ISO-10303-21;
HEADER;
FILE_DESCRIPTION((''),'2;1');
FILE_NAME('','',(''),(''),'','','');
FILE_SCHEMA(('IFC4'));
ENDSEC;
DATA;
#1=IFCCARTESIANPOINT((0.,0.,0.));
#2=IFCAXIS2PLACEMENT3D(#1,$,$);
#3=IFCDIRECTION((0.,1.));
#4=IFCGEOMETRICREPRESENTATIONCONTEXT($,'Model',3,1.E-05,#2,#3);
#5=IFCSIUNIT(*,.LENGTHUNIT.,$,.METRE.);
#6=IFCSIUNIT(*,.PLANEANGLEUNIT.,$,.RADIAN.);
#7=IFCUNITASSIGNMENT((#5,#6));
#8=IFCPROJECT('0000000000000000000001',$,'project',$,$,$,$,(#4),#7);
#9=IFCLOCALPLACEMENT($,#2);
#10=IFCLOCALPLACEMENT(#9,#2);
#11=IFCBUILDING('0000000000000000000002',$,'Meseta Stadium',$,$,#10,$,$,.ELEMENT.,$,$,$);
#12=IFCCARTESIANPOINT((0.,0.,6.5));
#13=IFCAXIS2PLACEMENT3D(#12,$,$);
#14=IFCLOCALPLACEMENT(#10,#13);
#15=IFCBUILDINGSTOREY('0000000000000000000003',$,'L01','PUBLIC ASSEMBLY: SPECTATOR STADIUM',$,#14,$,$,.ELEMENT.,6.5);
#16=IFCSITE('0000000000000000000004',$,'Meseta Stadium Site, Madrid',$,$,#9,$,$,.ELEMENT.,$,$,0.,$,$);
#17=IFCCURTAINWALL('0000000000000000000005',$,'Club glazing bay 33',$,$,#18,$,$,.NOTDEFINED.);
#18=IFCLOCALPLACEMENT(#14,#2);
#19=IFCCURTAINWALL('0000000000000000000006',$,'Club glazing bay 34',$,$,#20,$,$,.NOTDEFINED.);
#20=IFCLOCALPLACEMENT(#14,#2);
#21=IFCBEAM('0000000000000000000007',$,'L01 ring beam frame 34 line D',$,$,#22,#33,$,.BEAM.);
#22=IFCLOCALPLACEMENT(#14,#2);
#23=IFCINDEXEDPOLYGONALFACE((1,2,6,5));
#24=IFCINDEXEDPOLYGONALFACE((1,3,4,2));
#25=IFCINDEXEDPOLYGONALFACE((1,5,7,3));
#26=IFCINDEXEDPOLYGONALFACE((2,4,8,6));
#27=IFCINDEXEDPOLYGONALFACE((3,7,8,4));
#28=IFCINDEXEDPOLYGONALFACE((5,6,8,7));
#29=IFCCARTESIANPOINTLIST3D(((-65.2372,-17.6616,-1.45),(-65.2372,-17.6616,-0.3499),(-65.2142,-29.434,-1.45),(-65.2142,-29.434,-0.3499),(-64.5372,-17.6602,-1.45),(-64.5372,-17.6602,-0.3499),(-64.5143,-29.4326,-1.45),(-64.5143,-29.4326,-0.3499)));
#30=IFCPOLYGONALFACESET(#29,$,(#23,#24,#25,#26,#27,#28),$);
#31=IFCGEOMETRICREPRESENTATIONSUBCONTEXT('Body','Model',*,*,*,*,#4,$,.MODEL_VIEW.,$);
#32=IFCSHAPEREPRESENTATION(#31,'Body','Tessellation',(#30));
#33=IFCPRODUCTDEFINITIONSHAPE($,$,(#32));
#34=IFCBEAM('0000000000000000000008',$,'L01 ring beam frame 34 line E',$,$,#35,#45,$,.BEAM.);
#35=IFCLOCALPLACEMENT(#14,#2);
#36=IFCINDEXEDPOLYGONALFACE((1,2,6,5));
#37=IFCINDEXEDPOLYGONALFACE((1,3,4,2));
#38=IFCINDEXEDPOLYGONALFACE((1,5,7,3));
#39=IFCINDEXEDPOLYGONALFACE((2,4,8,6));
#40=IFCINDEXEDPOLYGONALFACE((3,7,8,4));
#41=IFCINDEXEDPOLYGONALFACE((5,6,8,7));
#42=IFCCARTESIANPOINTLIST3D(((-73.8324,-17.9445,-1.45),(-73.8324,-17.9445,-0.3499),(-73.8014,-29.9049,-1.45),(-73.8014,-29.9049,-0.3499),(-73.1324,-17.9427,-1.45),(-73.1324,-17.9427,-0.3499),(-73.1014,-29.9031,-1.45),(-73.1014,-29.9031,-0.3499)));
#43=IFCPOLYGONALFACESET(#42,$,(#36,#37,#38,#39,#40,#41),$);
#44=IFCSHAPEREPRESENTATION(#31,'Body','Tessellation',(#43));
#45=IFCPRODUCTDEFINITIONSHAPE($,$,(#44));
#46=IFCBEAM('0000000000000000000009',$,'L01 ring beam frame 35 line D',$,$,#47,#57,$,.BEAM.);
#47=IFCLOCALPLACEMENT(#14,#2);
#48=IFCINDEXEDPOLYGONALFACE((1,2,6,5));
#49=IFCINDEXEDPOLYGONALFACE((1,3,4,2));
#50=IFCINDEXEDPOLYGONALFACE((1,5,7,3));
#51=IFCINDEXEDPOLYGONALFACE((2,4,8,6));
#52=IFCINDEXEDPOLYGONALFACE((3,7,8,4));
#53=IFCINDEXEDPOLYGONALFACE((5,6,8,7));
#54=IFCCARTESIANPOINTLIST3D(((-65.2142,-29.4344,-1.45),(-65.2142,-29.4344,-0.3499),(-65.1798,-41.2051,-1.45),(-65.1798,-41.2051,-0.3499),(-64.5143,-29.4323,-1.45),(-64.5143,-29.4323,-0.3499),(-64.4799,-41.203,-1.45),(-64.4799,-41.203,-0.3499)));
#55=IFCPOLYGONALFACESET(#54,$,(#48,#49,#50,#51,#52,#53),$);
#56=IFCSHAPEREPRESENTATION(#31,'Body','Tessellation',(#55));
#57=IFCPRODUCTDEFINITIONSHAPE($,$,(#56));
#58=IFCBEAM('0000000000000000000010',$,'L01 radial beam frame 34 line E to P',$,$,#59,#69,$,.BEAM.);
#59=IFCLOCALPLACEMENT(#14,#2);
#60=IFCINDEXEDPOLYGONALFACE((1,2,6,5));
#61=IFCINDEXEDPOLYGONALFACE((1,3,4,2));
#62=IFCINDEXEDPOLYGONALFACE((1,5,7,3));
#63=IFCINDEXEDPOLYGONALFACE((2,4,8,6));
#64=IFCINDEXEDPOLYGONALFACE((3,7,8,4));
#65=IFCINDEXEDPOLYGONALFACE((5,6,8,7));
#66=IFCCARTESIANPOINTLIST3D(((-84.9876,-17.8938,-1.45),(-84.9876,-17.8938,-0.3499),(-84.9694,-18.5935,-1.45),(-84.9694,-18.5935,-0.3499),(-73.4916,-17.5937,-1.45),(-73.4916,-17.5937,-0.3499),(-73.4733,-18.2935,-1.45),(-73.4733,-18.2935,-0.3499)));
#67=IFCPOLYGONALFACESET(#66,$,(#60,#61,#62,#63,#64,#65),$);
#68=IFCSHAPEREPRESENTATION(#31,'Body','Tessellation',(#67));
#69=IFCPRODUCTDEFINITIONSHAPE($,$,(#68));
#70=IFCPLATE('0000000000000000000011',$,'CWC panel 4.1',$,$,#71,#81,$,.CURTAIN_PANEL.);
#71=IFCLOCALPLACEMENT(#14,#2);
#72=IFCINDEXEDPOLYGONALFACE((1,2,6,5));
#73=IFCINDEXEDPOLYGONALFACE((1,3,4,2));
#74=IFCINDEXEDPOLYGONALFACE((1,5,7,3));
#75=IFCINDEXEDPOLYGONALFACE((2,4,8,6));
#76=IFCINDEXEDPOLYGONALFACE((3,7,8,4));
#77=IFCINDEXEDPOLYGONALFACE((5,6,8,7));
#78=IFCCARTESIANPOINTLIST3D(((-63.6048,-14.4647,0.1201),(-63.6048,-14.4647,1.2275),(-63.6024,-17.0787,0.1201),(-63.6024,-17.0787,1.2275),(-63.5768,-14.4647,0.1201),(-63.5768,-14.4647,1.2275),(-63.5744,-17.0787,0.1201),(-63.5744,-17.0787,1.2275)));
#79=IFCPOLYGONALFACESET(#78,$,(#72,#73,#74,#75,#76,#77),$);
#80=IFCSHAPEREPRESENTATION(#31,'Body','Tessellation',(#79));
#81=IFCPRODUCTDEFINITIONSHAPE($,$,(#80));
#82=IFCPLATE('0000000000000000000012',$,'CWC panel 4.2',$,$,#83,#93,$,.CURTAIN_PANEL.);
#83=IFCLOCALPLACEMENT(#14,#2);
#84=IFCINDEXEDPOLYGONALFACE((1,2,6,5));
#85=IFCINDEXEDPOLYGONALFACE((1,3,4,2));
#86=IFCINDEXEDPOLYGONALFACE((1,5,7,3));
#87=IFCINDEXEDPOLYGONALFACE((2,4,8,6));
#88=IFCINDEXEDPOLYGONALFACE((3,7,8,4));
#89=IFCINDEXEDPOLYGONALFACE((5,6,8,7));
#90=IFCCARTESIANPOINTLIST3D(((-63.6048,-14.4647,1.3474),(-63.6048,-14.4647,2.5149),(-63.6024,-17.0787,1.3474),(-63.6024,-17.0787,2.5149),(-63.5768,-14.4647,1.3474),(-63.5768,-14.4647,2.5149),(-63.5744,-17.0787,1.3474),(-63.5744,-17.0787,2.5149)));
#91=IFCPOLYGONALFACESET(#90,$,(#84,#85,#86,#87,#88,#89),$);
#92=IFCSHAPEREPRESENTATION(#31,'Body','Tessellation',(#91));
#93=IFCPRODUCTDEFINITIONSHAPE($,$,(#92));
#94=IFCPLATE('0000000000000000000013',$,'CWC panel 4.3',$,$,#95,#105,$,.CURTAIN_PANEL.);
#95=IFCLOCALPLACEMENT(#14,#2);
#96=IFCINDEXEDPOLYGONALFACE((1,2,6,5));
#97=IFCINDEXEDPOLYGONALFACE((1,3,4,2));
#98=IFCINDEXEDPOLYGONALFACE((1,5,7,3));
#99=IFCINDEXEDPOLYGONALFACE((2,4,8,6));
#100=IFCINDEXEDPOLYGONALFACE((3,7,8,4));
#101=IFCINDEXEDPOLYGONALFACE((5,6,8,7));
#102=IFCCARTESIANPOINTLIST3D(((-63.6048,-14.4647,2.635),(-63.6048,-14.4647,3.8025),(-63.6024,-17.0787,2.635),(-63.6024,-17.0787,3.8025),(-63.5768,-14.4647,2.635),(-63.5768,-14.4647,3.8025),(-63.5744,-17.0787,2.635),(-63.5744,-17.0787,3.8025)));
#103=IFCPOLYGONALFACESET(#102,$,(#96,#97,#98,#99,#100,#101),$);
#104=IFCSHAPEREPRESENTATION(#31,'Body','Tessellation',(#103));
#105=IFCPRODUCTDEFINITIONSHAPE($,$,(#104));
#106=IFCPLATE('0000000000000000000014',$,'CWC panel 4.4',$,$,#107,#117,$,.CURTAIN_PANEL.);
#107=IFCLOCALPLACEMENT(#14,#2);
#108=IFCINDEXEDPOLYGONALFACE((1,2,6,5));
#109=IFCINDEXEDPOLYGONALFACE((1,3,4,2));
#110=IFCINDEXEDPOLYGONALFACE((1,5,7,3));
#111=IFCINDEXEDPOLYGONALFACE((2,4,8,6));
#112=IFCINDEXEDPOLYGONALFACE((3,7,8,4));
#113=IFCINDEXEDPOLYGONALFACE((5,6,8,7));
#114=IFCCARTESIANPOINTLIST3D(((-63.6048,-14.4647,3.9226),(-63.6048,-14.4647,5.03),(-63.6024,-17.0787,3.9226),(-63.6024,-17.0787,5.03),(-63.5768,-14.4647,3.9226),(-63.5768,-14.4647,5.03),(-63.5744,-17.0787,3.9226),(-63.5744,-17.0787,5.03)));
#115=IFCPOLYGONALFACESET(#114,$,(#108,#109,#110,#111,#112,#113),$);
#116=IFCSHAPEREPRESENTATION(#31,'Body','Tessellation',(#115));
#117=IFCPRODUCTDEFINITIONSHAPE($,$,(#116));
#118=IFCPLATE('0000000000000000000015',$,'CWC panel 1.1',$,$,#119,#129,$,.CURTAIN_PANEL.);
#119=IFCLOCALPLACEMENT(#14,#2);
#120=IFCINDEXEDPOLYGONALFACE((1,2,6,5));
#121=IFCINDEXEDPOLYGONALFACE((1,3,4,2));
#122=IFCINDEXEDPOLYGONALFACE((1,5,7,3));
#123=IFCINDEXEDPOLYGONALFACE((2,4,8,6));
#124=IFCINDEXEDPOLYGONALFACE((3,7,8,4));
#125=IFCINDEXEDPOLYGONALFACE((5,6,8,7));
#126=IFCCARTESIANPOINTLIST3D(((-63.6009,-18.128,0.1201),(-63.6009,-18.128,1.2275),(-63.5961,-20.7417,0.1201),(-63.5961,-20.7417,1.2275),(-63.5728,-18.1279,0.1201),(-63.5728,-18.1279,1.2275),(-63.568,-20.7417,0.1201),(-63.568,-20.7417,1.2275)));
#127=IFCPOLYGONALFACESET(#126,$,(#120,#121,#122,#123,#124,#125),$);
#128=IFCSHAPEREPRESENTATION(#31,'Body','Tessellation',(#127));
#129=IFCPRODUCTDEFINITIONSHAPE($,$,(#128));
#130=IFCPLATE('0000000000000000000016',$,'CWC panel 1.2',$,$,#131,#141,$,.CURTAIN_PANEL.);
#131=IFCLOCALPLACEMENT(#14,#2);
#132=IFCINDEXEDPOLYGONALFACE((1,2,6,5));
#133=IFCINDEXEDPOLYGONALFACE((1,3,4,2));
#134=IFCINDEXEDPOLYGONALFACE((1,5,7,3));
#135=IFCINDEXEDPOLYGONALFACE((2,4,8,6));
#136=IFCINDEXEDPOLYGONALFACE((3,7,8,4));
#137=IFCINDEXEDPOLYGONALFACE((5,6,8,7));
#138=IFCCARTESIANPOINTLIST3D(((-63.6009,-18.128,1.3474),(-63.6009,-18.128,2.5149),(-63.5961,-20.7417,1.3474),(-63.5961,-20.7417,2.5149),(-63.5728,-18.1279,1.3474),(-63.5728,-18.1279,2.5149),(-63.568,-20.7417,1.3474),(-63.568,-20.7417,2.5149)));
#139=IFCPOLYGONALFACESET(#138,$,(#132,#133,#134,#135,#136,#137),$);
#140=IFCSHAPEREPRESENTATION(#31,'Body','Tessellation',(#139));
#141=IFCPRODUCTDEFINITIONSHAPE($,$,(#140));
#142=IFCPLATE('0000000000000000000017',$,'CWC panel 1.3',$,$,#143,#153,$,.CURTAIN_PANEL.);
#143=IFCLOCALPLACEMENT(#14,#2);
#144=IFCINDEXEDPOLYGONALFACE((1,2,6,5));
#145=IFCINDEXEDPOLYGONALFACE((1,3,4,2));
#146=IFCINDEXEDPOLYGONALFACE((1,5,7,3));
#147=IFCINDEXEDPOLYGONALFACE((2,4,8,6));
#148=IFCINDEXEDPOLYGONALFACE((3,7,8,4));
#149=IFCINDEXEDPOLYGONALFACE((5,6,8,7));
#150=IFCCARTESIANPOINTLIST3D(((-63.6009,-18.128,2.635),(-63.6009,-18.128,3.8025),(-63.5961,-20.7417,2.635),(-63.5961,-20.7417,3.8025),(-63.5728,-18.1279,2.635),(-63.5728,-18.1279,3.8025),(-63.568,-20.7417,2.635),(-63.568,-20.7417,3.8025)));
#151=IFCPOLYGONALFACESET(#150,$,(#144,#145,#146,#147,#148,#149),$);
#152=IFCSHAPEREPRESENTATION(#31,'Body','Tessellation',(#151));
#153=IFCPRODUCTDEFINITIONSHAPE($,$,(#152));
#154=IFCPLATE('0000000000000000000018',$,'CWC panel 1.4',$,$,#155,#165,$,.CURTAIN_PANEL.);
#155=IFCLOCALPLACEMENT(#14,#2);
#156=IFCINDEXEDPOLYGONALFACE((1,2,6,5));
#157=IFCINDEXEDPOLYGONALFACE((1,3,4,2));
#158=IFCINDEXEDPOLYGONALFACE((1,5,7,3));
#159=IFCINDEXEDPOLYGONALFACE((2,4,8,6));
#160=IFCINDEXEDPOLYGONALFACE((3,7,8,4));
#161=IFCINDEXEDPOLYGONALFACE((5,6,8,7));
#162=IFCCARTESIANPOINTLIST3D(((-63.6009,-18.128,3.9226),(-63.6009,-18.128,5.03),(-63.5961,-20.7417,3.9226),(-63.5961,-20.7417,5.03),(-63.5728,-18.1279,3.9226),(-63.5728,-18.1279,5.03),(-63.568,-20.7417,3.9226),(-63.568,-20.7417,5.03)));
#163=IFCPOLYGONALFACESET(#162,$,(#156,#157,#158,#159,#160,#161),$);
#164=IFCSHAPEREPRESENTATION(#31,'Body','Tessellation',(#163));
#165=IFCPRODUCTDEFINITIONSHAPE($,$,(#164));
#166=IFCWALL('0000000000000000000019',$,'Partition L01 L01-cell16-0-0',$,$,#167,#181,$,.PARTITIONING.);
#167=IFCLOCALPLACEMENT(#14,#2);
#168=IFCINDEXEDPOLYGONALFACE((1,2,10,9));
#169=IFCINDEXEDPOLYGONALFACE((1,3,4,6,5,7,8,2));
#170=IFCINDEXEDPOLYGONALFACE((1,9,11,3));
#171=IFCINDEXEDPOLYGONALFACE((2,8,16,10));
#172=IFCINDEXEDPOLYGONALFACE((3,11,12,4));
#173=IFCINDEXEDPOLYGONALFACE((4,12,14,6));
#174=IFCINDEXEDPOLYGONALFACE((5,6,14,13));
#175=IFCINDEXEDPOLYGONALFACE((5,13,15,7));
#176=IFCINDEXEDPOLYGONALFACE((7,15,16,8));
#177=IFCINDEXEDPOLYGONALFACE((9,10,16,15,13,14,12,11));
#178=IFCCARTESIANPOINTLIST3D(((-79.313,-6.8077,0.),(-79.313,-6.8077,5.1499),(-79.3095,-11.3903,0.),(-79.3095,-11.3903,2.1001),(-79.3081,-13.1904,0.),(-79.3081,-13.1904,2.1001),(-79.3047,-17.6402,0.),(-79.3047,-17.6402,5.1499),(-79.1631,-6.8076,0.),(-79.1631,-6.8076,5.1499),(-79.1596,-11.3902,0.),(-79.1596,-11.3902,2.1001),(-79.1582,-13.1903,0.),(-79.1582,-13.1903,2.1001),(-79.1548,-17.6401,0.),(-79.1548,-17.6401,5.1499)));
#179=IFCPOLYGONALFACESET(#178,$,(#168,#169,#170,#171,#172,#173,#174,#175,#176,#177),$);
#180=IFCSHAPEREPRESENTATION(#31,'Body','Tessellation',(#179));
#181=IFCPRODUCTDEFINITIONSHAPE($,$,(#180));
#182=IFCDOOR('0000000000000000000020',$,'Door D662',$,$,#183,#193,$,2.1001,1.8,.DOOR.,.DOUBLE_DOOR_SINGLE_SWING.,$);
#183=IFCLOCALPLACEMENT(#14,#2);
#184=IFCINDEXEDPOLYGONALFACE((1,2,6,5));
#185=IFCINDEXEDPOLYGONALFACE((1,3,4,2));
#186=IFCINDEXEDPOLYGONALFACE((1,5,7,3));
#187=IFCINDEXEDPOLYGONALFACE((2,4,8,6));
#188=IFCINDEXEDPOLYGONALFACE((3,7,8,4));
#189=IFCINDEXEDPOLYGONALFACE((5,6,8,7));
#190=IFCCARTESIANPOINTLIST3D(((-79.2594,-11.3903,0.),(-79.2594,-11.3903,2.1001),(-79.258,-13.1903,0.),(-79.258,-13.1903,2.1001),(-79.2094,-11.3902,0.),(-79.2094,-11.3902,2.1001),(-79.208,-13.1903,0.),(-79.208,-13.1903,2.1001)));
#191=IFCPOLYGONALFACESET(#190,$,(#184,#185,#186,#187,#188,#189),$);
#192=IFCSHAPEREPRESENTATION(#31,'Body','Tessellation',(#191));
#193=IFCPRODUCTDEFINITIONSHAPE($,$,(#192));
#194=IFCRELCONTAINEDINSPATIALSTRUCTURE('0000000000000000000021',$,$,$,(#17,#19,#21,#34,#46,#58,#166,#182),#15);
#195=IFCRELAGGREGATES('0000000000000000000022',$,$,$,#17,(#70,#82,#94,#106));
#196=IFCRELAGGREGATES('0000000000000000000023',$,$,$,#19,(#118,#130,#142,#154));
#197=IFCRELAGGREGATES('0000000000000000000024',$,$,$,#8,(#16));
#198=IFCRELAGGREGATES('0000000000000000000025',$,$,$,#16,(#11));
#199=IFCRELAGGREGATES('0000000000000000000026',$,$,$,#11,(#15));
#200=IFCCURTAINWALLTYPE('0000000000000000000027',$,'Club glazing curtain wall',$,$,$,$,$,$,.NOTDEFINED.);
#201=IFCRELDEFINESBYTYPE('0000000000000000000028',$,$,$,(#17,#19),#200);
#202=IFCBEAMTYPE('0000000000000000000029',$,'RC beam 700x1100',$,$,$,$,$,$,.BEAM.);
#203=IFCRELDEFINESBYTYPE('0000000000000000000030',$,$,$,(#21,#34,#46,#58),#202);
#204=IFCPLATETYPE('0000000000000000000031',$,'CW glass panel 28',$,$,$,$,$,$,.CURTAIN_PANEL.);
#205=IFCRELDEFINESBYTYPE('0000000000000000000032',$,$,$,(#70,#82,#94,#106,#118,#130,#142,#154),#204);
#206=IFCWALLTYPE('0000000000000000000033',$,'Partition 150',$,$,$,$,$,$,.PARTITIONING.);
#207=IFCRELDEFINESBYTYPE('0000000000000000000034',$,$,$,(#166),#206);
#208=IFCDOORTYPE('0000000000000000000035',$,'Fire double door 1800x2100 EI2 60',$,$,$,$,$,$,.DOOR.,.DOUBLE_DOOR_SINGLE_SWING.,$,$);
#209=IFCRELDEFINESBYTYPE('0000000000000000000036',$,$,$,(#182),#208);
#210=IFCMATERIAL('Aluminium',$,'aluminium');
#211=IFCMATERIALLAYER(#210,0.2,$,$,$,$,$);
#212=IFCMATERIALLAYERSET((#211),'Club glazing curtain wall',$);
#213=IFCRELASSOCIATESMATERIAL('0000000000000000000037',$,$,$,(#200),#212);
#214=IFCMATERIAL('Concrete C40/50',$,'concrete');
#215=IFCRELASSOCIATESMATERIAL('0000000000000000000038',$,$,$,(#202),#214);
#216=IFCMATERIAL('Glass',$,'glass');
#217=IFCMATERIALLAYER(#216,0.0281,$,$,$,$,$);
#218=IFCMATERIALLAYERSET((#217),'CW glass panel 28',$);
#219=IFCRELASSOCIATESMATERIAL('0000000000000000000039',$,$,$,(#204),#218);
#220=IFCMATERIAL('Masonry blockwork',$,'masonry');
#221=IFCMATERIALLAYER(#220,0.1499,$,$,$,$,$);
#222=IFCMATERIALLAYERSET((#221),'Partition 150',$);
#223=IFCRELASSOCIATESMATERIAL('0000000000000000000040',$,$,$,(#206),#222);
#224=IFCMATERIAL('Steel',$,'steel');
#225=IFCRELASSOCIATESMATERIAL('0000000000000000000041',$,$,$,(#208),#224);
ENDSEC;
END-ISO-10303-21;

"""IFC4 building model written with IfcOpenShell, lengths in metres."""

from ifc_helpers import new_model, si_unit, direction, frame, frame_2d, origin, origin_2d, place, context, subcontext, project, spatial, rectangle, extrude, material, layer, layer_set, material_profile, profile_set, type_object, element, fill, aggregate, save


model = new_model("IFC4")

# Units and contexts
model_context = context("Model", 3, precision=1e-05, world=origin(), true_north=direction((0.0, 1.0)))
body_context = subcontext(model_context, "Body", "Model", "MODEL_VIEW")
ifc_project = project(units=[si_unit("LENGTHUNIT", "METRE"), si_unit("PLANEANGLEUNIT", "RADIAN")], contexts=[model_context])

# Site, building, storey
site_placement = place(None, origin())
site = spatial("IfcSite", under=ifc_project, at=site_placement, Name="Meseta Stadium Site, Madrid", CompositionType="ELEMENT", RefElevation=0.0)
building_placement = place(site_placement, origin())
building = spatial("IfcBuilding", under=site, at=building_placement, Name="Meseta Stadium", CompositionType="ELEMENT")
storey_placement = place(building_placement, frame((0.0, 0.0, 6.5)))
storey = spatial("IfcBuildingStorey", under=building, at=storey_placement, Name="L01", Description="PUBLIC ASSEMBLY: SPECTATOR STADIUM", CompositionType="ELEMENT", Elevation=6.5)

# Curtain wall
ifc_material_1 = material(Name="Aluminium", Category="aluminium")
ifc_layer_1 = layer(ifc_material_1, 0.2)
ifc_layer_set_1 = layer_set([ifc_layer_1], Name="Club glazing curtain wall")
curtain_wall_type = type_object("IfcCurtainWallType", Name="Club glazing curtain wall", PredefinedType="NOTDEFINED", material=ifc_layer_set_1)
curtain_wall_1_placement = place(storey_placement, origin())
curtain_wall_1 = element("IfcCurtainWall", 1, at=curtain_wall_1_placement, inside=storey, type_object=curtain_wall_type, Name="Club glazing bay 33", PredefinedType="NOTDEFINED")

# Curtain wall
curtain_wall_2_placement = place(storey_placement, origin())
curtain_wall_2 = element("IfcCurtainWall", 2, at=curtain_wall_2_placement, inside=storey, type_object=curtain_wall_type, Name="Club glazing bay 34", PredefinedType="NOTDEFINED")

# Beams
ifc_material_2 = material(Name="Concrete C40/50", Category="concrete")
ifc_material_profile_1 = material_profile(ifc_material_2, rectangle(XDim=0.7, YDim=1.1001, at=origin_2d()), Name="RC 700x1100")
ifc_profile_set_1 = profile_set([ifc_material_profile_1], Name="Concrete C40/50")
beam_type_1 = type_object("IfcBeamType", Name="RC beam 700x1100", PredefinedType="BEAM", material=ifc_profile_set_1)
beam_1_placement = place(storey_placement, frame((-64.8872, -17.6609, -0.8999), z_axis=(0.001949, -0.999998, 0.0), x_axis=(0.999998, 0.001949, 0.0)))
element("IfcBeam", 3, at=beam_1_placement, inside=storey, type_object=beam_type_1, Name="L01 ring beam frame 34 line D", PredefinedType="BEAM", context=body_context, shape_type="SweptSolid", body=[
    extrude(rectangle(XDim=0.7, YDim=1.1001, at=origin_2d()), origin(), (0.0, 0.0, 1.0), 11.7725),
])
beam_2_placement = place(storey_placement, frame((-73.4824, -17.9436, -0.8999), z_axis=(0.002592, -0.999997, 0.0), x_axis=(0.999997, 0.002592, 0.0)))
element("IfcBeam", 4, at=beam_2_placement, inside=storey, type_object=beam_type_1, Name="L01 ring beam frame 34 line E", PredefinedType="BEAM", context=body_context, shape_type="SweptSolid", body=[
    extrude(rectangle(XDim=0.7, YDim=1.1001, at=origin_2d()), origin(), (0.0, 0.0, 1.0), 11.9604),
])
beam_3_placement = place(storey_placement, frame((-64.8643, -29.4333, -0.8999), z_axis=(0.002925, -0.999996, 0.0), x_axis=(0.999996, 0.002925, 0.0)))
element("IfcBeam", 5, at=beam_3_placement, inside=storey, type_object=beam_type_1, Name="L01 ring beam frame 35 line D", PredefinedType="BEAM", context=body_context, shape_type="SweptSolid", body=[
    extrude(rectangle(XDim=0.7, YDim=1.1001, at=origin_2d()), origin(), (0.0, 0.0, 1.0), 11.7708),
])
beam_4_placement = place(storey_placement, frame((-73.4824, -17.9436, -0.8999), z_axis=(-0.99966, -0.026091, 0.0), x_axis=(0.026091, -0.99966, 0.0)))
element("IfcBeam", 6, at=beam_4_placement, inside=storey, type_object=beam_type_1, Name="L01 radial beam frame 34 line E to P", PredefinedType="BEAM", context=body_context, shape_type="SweptSolid", body=[
    extrude(rectangle(XDim=0.7, YDim=1.1001, at=origin_2d()), origin(), (0.0, 0.0, 1.0), 11.5),
])

# Plates
ifc_material_3 = material(Name="Glass", Category="glass")
ifc_layer_2 = layer(ifc_material_3, 0.0281)
ifc_layer_set_2 = layer_set([ifc_layer_2], Name="CW glass panel 28")
plate_type = type_object("IfcPlateType", Name="CW glass panel 28", PredefinedType="CURTAIN_PANEL", material=ifc_layer_set_2)
plate_1_placement = place(storey_placement, frame((-63.5896, -15.7717, 0.1201), z_axis=(0.0, 0.0, 1.0), x_axis=(0.000925, -1.0, 0.0)))
plate_1 = element("IfcPlate", 7, at=plate_1_placement, type_object=plate_type, Name="CWC panel 4.1", PredefinedType="CURTAIN_PANEL", context=body_context, shape_type="SweptSolid", body=[
    extrude(rectangle(XDim=2.614, YDim=0.0281, at=origin_2d()), origin(), (0.0, 0.0, 1.0), 1.1074),
])
plate_2_placement = place(storey_placement, frame((-63.5896, -15.7717, 1.3474), z_axis=(0.0, 0.0, 1.0), x_axis=(0.000925, -1.0, 0.0)))
plate_2 = element("IfcPlate", 8, at=plate_2_placement, type_object=plate_type, Name="CWC panel 4.2", PredefinedType="CURTAIN_PANEL", context=body_context, shape_type="SweptSolid", body=[
    extrude(rectangle(XDim=2.614, YDim=0.0281, at=origin_2d()), origin(), (0.0, 0.0, 1.0), 1.1675),
])
plate_3_placement = place(storey_placement, frame((-63.5896, -15.7717, 2.635), z_axis=(0.0, 0.0, 1.0), x_axis=(0.000925, -1.0, 0.0)))
plate_3 = element("IfcPlate", 9, at=plate_3_placement, type_object=plate_type, Name="CWC panel 4.3", PredefinedType="CURTAIN_PANEL", context=body_context, shape_type="SweptSolid", body=[
    extrude(rectangle(XDim=2.614, YDim=0.0281, at=origin_2d()), origin(), (0.0, 0.0, 1.0), 1.1675),
])
plate_4_placement = place(storey_placement, frame((-63.5896, -15.7717, 3.9226), z_axis=(0.0, 0.0, 1.0), x_axis=(0.000925, -1.0, 0.0)))
plate_4 = element("IfcPlate", 10, at=plate_4_placement, type_object=plate_type, Name="CWC panel 4.4", PredefinedType="CURTAIN_PANEL", context=body_context, shape_type="SweptSolid", body=[
    extrude(rectangle(XDim=2.614, YDim=0.0281, at=origin_2d()), origin(), (0.0, 0.0, 1.0), 1.1074),
])
aggregate(curtain_wall_1, [plate_1, plate_2, plate_3, plate_4])
plate_5_placement = place(storey_placement, frame((-63.5845, -19.4348, 0.1201), z_axis=(0.0, 0.0, 1.0), x_axis=(0.001845, -0.999998, 0.0)))
plate_5 = element("IfcPlate", 11, at=plate_5_placement, type_object=plate_type, Name="CWC panel 1.1", PredefinedType="CURTAIN_PANEL", context=body_context, shape_type="SweptSolid", body=[
    extrude(rectangle(XDim=2.6138, YDim=0.0281, at=origin_2d()), origin(), (0.0, 0.0, 1.0), 1.1074),
])
plate_6_placement = place(storey_placement, frame((-63.5845, -19.4348, 1.3474), z_axis=(0.0, 0.0, 1.0), x_axis=(0.001845, -0.999998, 0.0)))
plate_6 = element("IfcPlate", 12, at=plate_6_placement, type_object=plate_type, Name="CWC panel 1.2", PredefinedType="CURTAIN_PANEL", context=body_context, shape_type="SweptSolid", body=[
    extrude(rectangle(XDim=2.6138, YDim=0.0281, at=origin_2d()), origin(), (0.0, 0.0, 1.0), 1.1675),
])
plate_7_placement = place(storey_placement, frame((-63.5845, -19.4348, 2.635), z_axis=(0.0, 0.0, 1.0), x_axis=(0.001845, -0.999998, 0.0)))
plate_7 = element("IfcPlate", 13, at=plate_7_placement, type_object=plate_type, Name="CWC panel 1.3", PredefinedType="CURTAIN_PANEL", context=body_context, shape_type="SweptSolid", body=[
    extrude(rectangle(XDim=2.6138, YDim=0.0281, at=origin_2d()), origin(), (0.0, 0.0, 1.0), 1.1675),
])
plate_8_placement = place(storey_placement, frame((-63.5845, -19.4348, 3.9226), z_axis=(0.0, 0.0, 1.0), x_axis=(0.001845, -0.999998, 0.0)))
plate_8 = element("IfcPlate", 14, at=plate_8_placement, type_object=plate_type, Name="CWC panel 1.4", PredefinedType="CURTAIN_PANEL", context=body_context, shape_type="SweptSolid", body=[
    extrude(rectangle(XDim=2.6138, YDim=0.0281, at=origin_2d()), origin(), (0.0, 0.0, 1.0), 1.1074),
])
aggregate(curtain_wall_2, [plate_5, plate_6, plate_7, plate_8])

# Wall, opening, door
ifc_material_4 = material(Name="Masonry blockwork", Category="masonry")
ifc_layer_3 = layer(ifc_material_4, 0.1499)
ifc_layer_set_3 = layer_set([ifc_layer_3], Name="Partition 150")
wall_type = type_object("IfcWallType", Name="Partition 150", PredefinedType="PARTITIONING", material=ifc_layer_set_3)
wall_1_placement = place(storey_placement, frame((-79.2297, -17.6401, 0.0), z_axis=(0.0, 0.0, 1.0), x_axis=(-0.000766, 1.0, 0.0)))
wall_1 = element("IfcWall", 15, at=wall_1_placement, inside=storey, type_object=wall_type, Name="Partition L01 L01-cell16-0-0", PredefinedType="PARTITIONING", context=body_context, shape_type="SweptSolid", body=[
    extrude(rectangle(XDim=10.8325, YDim=0.1499, at=frame_2d((5.4163, 0.0))), origin(), (0.0, 0.0, 1.0), 5.1499),
])
opening_1_placement = place(wall_1_placement, frame((4.45, 0.0, 0.0)))
opening_1 = element("IfcOpeningElement", 16, at=opening_1_placement, cuts=wall_1, PredefinedType="OPENING", context=body_context, shape_type="SweptSolid", body=[
    extrude(rectangle(XDim=1.8, YDim=2.1001, at=frame_2d((0.8999, 1.05))), frame((0.0, 0.085, 0.0), z_axis=(0.0, -1.0, 0.0), x_axis=(1.0, 0.0, 0.0)), (0.0, 0.0, 1.0), 0.1699),
])
ifc_material_5 = material(Name="Steel", Category="steel")
door_type = type_object("IfcDoorType", Name="Fire double door 1800x2100 EI2 60", OperationType="DOUBLE_DOOR_SINGLE_SWING", PredefinedType="DOOR", material=ifc_material_5)
door_1_placement = place(opening_1_placement, origin())
door_1 = element("IfcDoor", 17, at=door_1_placement, inside=storey, type_object=door_type, Name="Door D662", OperationType="DOUBLE_DOOR_SINGLE_SWING", OverallHeight=2.1001, OverallWidth=1.8, PredefinedType="DOOR", context=body_context, shape_type="SweptSolid", body=[
    extrude(rectangle(XDim=1.8, YDim=2.1001, at=frame_2d((0.8999, 1.05))), frame((0.0, 0.0249, 0.0), z_axis=(0.0, -1.0, 0.0), x_axis=(1.0, 0.0, 0.0)), (0.0, 0.0, 1.0), 0.05),
])
fill(opening_1, door_1)

save(model, "model.ifc")
